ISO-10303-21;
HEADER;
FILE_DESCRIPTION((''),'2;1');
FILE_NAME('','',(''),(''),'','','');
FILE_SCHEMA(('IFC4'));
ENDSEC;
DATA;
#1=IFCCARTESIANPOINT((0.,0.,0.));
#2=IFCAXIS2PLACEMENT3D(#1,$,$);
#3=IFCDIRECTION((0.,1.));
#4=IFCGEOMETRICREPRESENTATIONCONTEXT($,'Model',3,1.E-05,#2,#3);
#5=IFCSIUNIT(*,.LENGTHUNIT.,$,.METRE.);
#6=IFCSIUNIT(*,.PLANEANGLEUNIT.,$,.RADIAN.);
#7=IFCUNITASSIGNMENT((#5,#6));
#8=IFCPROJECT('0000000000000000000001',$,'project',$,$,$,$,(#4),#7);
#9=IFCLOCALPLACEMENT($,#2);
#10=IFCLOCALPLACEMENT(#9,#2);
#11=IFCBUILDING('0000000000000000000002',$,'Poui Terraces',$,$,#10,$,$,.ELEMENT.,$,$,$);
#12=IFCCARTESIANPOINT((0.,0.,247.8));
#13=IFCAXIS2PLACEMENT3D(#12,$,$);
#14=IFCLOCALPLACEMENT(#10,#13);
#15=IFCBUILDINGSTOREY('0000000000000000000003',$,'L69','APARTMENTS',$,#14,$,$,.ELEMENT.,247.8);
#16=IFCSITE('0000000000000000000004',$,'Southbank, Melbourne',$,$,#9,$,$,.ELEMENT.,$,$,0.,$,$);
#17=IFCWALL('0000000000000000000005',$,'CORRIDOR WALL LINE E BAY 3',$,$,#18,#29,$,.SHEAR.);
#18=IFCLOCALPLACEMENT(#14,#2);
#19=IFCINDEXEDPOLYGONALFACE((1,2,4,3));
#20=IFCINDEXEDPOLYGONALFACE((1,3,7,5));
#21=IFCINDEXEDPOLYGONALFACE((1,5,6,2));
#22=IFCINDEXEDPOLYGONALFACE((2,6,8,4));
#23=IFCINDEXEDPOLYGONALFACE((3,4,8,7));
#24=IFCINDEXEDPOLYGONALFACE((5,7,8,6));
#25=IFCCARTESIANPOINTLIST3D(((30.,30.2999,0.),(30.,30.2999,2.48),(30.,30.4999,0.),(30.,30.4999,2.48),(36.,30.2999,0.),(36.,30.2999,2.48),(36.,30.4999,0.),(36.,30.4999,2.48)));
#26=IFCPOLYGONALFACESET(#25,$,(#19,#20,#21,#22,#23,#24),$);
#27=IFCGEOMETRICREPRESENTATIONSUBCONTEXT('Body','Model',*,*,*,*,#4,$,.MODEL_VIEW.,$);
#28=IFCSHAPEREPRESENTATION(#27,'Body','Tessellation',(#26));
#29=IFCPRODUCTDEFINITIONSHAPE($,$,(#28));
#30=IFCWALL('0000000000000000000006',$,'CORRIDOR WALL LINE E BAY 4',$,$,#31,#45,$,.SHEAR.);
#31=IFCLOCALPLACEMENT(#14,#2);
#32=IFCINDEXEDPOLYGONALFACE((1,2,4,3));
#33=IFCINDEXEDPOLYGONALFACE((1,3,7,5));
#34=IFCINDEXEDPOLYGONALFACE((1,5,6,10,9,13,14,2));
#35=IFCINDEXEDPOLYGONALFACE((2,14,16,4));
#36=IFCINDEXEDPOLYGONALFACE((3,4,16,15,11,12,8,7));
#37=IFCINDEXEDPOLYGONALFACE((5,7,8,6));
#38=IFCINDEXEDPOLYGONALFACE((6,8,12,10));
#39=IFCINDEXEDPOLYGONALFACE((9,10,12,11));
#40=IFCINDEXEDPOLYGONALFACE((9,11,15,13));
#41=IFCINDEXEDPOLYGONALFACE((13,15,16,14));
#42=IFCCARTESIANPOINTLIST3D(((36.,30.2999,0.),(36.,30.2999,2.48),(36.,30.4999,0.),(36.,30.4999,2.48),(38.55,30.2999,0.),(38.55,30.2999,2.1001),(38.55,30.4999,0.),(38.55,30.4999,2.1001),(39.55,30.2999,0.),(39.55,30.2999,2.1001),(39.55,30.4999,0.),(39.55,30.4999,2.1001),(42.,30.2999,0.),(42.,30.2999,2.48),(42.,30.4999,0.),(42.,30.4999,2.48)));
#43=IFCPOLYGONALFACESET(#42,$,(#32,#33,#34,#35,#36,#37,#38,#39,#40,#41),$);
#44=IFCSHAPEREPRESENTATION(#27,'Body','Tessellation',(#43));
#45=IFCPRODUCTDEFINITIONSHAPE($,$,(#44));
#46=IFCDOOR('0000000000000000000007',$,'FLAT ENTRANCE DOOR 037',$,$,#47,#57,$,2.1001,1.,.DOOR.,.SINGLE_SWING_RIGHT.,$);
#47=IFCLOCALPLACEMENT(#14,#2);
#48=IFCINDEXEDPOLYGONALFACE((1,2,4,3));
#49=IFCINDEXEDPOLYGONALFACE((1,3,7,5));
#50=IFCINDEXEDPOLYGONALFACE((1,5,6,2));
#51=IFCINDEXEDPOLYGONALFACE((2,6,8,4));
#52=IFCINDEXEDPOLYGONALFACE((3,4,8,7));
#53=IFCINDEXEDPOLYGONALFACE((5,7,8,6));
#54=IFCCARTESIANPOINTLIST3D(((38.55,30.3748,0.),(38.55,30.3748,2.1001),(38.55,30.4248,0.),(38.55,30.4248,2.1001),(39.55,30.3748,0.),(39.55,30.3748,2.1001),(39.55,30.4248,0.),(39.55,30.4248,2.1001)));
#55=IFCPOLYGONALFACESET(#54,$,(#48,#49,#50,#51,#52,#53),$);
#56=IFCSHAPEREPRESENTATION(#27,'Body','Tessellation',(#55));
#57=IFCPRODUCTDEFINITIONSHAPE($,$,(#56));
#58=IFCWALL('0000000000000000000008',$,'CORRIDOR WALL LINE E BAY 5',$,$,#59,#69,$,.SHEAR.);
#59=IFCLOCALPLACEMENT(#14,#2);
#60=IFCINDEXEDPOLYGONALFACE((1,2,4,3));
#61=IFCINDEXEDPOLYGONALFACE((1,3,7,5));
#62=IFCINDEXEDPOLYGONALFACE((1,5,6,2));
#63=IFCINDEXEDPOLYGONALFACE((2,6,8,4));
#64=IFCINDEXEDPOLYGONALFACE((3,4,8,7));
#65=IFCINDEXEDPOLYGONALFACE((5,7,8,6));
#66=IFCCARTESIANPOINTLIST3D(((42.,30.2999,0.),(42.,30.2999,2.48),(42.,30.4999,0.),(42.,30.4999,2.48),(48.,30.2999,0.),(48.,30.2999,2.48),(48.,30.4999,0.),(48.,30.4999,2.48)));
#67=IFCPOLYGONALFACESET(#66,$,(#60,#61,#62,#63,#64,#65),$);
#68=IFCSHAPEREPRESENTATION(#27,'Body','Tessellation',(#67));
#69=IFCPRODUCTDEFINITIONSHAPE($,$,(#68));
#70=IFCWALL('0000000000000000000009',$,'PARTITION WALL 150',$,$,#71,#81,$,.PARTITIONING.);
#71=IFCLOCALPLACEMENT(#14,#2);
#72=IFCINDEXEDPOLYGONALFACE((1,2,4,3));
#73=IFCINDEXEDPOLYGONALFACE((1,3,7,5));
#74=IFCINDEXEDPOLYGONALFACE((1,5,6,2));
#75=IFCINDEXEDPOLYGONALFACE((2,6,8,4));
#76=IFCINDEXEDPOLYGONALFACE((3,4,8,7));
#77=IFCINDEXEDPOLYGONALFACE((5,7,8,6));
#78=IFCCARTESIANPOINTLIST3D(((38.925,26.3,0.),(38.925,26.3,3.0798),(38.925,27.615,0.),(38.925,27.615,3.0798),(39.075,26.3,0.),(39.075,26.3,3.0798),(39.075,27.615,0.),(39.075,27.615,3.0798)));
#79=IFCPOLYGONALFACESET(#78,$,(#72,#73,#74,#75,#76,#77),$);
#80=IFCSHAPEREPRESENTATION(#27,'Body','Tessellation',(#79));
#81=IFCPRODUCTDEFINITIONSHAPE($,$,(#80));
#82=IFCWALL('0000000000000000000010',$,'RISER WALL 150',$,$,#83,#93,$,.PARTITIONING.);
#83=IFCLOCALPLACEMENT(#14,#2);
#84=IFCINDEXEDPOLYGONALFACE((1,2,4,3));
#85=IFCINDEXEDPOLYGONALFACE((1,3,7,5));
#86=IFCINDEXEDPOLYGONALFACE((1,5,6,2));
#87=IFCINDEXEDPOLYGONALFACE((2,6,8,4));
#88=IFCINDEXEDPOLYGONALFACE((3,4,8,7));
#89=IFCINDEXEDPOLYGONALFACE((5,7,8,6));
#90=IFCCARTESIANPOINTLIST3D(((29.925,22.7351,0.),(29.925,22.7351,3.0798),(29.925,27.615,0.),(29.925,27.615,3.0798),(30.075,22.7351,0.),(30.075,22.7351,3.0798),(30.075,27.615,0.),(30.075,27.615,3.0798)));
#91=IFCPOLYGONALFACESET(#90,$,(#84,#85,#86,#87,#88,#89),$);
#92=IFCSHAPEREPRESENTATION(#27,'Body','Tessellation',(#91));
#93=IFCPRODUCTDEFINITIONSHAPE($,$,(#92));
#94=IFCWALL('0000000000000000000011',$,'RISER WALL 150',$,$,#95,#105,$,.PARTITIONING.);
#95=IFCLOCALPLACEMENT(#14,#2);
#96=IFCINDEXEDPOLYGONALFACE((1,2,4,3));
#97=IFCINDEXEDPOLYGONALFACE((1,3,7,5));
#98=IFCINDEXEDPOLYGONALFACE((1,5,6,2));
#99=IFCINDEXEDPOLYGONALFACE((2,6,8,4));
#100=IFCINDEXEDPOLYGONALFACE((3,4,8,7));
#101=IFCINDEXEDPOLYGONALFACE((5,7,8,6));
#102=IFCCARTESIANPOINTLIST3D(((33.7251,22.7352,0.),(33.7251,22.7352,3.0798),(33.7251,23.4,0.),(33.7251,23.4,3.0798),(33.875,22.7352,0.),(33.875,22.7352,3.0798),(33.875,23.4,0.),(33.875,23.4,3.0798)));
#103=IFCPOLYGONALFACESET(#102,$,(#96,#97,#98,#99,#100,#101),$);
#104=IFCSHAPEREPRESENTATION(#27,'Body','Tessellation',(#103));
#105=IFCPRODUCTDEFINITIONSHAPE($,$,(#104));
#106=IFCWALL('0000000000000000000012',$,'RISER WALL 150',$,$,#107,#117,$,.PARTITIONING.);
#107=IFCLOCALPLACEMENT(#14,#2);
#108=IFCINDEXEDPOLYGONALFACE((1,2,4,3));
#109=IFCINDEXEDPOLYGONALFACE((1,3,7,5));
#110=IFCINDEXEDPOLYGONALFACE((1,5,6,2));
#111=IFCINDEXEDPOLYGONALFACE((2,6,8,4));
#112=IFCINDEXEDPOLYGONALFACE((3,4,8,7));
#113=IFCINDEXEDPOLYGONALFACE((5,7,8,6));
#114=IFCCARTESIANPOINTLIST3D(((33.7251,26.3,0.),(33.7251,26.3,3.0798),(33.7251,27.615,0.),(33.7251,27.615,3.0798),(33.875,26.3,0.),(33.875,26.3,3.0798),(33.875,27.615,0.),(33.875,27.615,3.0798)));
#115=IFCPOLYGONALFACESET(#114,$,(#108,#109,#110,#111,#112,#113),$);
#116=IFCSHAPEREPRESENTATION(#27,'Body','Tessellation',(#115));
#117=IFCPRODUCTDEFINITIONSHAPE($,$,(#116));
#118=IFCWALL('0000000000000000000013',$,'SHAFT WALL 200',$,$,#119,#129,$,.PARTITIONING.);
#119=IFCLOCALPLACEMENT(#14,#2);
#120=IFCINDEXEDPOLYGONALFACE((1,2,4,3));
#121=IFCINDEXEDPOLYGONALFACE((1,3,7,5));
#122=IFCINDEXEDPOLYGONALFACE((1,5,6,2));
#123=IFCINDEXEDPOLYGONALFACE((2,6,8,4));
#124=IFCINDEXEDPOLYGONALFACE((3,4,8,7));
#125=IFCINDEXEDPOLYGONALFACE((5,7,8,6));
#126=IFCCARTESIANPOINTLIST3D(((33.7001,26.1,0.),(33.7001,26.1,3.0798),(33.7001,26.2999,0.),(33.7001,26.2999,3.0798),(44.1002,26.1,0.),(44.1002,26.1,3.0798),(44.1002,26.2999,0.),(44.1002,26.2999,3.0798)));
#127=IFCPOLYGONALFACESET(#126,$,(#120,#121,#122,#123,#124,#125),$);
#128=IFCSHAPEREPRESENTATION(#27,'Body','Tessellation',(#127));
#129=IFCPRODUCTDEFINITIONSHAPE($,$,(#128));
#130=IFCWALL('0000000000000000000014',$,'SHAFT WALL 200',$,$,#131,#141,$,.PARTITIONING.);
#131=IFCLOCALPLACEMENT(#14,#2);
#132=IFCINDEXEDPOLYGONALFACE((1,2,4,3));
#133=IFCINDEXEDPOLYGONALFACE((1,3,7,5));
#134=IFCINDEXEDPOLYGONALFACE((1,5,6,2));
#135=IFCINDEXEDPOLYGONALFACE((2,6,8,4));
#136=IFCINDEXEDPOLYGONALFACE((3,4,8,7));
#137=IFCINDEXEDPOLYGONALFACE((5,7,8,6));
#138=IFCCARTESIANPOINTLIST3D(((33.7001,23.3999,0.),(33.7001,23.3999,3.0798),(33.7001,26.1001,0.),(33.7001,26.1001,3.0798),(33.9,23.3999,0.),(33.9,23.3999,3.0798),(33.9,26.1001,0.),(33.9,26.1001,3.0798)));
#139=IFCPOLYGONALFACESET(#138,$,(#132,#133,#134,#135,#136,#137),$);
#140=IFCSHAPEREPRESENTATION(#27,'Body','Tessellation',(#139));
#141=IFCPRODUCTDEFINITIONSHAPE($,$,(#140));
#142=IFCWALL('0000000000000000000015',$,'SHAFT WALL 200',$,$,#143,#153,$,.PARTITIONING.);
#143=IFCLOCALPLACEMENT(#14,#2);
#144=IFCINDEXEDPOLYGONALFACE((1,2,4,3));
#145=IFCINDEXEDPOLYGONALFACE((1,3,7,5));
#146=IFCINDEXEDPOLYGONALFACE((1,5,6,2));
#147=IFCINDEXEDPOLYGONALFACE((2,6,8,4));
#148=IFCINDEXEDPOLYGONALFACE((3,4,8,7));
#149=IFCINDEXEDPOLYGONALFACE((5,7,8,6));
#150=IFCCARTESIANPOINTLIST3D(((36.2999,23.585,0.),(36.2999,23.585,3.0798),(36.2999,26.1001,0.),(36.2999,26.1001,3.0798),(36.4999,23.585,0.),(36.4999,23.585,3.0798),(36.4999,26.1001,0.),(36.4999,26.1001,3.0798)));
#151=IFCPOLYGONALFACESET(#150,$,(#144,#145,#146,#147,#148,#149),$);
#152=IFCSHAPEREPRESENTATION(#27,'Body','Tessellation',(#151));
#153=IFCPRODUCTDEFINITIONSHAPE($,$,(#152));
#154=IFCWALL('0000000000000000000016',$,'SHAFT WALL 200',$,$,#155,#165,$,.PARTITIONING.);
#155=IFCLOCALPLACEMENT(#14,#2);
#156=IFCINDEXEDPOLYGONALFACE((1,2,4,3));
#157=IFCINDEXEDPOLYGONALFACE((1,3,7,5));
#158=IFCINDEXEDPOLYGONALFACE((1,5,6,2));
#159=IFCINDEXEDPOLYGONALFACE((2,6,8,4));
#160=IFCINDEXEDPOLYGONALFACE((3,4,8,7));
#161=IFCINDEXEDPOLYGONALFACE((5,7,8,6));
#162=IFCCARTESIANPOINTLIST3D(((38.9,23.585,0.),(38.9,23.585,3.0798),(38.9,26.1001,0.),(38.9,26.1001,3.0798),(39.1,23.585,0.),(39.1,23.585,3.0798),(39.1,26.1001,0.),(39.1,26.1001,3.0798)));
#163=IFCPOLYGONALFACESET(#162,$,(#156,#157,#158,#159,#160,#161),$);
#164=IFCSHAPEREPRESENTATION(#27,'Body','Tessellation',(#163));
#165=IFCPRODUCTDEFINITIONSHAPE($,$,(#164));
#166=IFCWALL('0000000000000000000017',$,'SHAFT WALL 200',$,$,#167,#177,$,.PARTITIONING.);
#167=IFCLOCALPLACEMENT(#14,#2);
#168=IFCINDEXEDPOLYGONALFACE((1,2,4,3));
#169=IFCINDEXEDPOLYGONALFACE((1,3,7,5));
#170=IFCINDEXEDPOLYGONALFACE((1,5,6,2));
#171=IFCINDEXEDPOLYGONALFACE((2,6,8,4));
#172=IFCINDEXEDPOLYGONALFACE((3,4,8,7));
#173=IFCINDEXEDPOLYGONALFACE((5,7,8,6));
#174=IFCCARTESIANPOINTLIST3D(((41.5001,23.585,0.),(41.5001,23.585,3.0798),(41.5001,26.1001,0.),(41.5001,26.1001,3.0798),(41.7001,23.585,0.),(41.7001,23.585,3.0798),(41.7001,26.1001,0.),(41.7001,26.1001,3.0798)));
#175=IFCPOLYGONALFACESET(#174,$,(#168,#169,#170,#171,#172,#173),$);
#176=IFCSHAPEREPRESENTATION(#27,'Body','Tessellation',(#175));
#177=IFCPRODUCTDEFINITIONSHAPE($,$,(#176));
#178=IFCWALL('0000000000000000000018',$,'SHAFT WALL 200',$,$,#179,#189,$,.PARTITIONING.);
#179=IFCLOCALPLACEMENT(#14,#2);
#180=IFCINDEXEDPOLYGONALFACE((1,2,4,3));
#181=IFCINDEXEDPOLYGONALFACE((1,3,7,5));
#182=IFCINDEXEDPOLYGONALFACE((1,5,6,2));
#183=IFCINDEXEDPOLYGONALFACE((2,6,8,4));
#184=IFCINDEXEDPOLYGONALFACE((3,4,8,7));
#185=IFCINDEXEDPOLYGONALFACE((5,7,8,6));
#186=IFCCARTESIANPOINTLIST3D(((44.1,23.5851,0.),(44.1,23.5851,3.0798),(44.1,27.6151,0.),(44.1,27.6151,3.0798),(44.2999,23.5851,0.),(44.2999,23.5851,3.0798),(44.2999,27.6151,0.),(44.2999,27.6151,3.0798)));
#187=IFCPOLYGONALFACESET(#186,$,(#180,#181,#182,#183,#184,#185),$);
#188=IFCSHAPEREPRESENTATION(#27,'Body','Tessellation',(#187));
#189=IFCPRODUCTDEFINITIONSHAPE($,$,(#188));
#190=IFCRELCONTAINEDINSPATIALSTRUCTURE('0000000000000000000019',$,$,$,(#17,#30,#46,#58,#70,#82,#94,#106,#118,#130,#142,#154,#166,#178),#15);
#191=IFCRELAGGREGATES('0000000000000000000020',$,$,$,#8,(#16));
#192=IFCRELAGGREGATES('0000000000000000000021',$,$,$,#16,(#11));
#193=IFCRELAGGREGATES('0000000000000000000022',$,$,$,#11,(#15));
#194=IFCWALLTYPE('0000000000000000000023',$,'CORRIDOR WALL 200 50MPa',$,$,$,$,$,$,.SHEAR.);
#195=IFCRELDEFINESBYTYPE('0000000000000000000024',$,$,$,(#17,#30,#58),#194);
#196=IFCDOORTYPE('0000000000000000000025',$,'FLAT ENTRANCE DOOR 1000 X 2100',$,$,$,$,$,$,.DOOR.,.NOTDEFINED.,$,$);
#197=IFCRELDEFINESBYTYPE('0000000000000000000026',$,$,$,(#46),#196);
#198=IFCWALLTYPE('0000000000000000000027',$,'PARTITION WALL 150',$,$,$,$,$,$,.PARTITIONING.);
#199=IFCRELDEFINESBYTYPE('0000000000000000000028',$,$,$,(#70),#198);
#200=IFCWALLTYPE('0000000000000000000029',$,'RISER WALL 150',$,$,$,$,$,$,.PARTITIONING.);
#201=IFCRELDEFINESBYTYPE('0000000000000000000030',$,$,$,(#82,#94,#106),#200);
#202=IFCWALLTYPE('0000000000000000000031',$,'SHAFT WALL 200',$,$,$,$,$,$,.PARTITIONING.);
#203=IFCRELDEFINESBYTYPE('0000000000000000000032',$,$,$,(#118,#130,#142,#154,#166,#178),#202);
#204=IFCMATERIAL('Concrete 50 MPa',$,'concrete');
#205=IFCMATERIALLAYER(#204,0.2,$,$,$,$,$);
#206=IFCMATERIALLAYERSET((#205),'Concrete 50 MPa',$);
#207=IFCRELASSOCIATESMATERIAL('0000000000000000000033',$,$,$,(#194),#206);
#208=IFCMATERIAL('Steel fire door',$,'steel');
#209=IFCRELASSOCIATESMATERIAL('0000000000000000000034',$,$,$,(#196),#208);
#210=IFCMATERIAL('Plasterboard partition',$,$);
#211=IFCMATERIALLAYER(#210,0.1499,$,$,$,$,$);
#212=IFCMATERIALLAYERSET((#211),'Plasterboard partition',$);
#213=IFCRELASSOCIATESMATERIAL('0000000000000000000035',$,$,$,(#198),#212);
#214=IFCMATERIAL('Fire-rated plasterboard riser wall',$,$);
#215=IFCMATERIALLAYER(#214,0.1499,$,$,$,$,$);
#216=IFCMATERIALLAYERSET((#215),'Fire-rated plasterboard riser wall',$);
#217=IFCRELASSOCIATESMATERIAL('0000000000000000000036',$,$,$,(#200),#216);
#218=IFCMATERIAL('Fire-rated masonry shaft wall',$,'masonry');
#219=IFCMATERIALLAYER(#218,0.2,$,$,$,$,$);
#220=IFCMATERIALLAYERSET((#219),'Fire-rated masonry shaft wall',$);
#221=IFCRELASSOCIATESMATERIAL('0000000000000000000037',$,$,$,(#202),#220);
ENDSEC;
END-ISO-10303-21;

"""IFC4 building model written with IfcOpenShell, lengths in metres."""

from ifc_helpers import new_model, si_unit, direction, frame, frame_2d, origin, place, context, subcontext, project, spatial, rectangle, extrude, material, layer, layer_set, type_object, element, fill, save


model = new_model("IFC4")

# Units and contexts
model_context = context("Model", 3, precision=1e-05, world=origin(), true_north=direction((0.0, 1.0)))
body_context = subcontext(model_context, "Body", "Model", "MODEL_VIEW")
ifc_project = project(units=[si_unit("LENGTHUNIT", "METRE"), si_unit("PLANEANGLEUNIT", "RADIAN")], contexts=[model_context])

# Site, building, storey
site_placement = place(None, origin())
site = spatial("IfcSite", under=ifc_project, at=site_placement, Name="Southbank, Melbourne", CompositionType="ELEMENT", RefElevation=0.0)
building_placement = place(site_placement, origin())
building = spatial("IfcBuilding", under=site, at=building_placement, Name="Poui Terraces", CompositionType="ELEMENT")
storey_placement = place(building_placement, frame((0.0, 0.0, 247.8)))
storey = spatial("IfcBuildingStorey", under=building, at=storey_placement, Name="L69", Description="APARTMENTS", CompositionType="ELEMENT", Elevation=247.8)

# Shared definitions
ifc_material_1 = material(Name="Concrete 50 MPa", Category="concrete")

# Shared definitions
ifc_material_2 = material(Name="Steel fire door", Category="steel")

# Wall
ifc_layer_1 = layer(ifc_material_1, 0.2)
ifc_layer_set_1 = layer_set([ifc_layer_1], Name="Concrete 50 MPa")
wall_type_1 = type_object("IfcWallType", Name="CORRIDOR WALL 200 50MPa", PredefinedType="SHEAR", material=ifc_layer_set_1)
wall_1_placement = place(storey_placement, frame((30.0, 30.3999, 0.0), z_axis=(0.0, 0.0, 1.0), x_axis=(1.0, 0.0, 0.0)))
element("IfcWall", 1, at=wall_1_placement, inside=storey, type_object=wall_type_1, Name="CORRIDOR WALL LINE E BAY 3", PredefinedType="SHEAR", context=body_context, shape_type="SweptSolid", body=[
    extrude(rectangle(XDim=6.0, YDim=0.2, at=frame_2d((3.0, 0.0))), origin(), (0.0, 0.0, 1.0), 2.48),
])

# Wall, opening, door
wall_2_placement = place(storey_placement, frame((36.0, 30.3999, 0.0), z_axis=(0.0, 0.0, 1.0), x_axis=(1.0, 0.0, 0.0)))
wall_2 = element("IfcWall", 2, at=wall_2_placement, inside=storey, type_object=wall_type_1, Name="CORRIDOR WALL LINE E BAY 4", PredefinedType="SHEAR", context=body_context, shape_type="SweptSolid", body=[
    extrude(rectangle(XDim=6.0, YDim=0.2, at=frame_2d((3.0, 0.0))), origin(), (0.0, 0.0, 1.0), 2.48),
])
opening_1_placement = place(wall_2_placement, frame((2.55, 0.0, 0.0)))
opening_1 = element("IfcOpeningElement", 3, at=opening_1_placement, cuts=wall_2, PredefinedType="OPENING", context=body_context, shape_type="SweptSolid", body=[
    extrude(rectangle(XDim=1.0, YDim=2.1001, at=frame_2d((0.5, 1.05))), frame((0.0, 0.1099, 0.0), z_axis=(0.0, -1.0, 0.0), x_axis=(1.0, 0.0, 0.0)), (0.0, 0.0, 1.0), 0.22),
])
door_type_1 = type_object("IfcDoorType", Name="FLAT ENTRANCE DOOR 1000 X 2100", OperationType="NOTDEFINED", PredefinedType="DOOR", material=ifc_material_2)
door_1_placement = place(opening_1_placement, origin())
door_1 = element("IfcDoor", 4, at=door_1_placement, inside=storey, type_object=door_type_1, Name="FLAT ENTRANCE DOOR 037", OperationType="SINGLE_SWING_RIGHT", OverallHeight=2.1001, OverallWidth=1.0, PredefinedType="DOOR", context=body_context, shape_type="SweptSolid", body=[
    extrude(rectangle(XDim=1.0, YDim=2.1001, at=frame_2d((0.5, 1.05))), frame((0.0, 0.0249, 0.0), z_axis=(0.0, -1.0, 0.0), x_axis=(1.0, 0.0, 0.0)), (0.0, 0.0, 1.0), 0.05),
])
fill(opening_1, door_1)

# Walls
wall_3_placement = place(storey_placement, frame((42.0, 30.3999, 0.0), z_axis=(0.0, 0.0, 1.0), x_axis=(1.0, 0.0, 0.0)))
element("IfcWall", 5, at=wall_3_placement, inside=storey, type_object=wall_type_1, Name="CORRIDOR WALL LINE E BAY 5", PredefinedType="SHEAR", context=body_context, shape_type="SweptSolid", body=[
    extrude(rectangle(XDim=6.0, YDim=0.2, at=frame_2d((3.0, 0.0))), origin(), (0.0, 0.0, 1.0), 2.48),
])
ifc_material_3 = material(Name="Plasterboard partition")
ifc_layer_2 = layer(ifc_material_3, 0.1499)
ifc_layer_set_2 = layer_set([ifc_layer_2], Name="Plasterboard partition")
wall_type_2 = type_object("IfcWallType", Name="PARTITION WALL 150", PredefinedType="PARTITIONING", material=ifc_layer_set_2)
wall_4_placement = place(storey_placement, frame((39.0, 26.3, 0.0), z_axis=(0.0, 0.0, 1.0), x_axis=(0.0, 1.0, 0.0)))
element("IfcWall", 6, at=wall_4_placement, inside=storey, type_object=wall_type_2, Name="PARTITION WALL 150", PredefinedType="PARTITIONING", context=body_context, shape_type="SweptSolid", body=[
    extrude(rectangle(XDim=1.3149, YDim=0.1499, at=frame_2d((0.6575, 0.0))), origin(), (0.0, 0.0, 1.0), 3.0798),
])
ifc_material_4 = material(Name="Fire-rated plasterboard riser wall")
ifc_layer_3 = layer(ifc_material_4, 0.1499)
ifc_layer_set_3 = layer_set([ifc_layer_3], Name="Fire-rated plasterboard riser wall")
wall_type_3 = type_object("IfcWallType", Name="RISER WALL 150", PredefinedType="PARTITIONING", material=ifc_layer_set_3)
wall_5_placement = place(storey_placement, frame((30.0, 22.7351, 0.0), z_axis=(0.0, 0.0, 1.0), x_axis=(0.0, 1.0, 0.0)))
element("IfcWall", 7, at=wall_5_placement, inside=storey, type_object=wall_type_3, Name="RISER WALL 150", PredefinedType="PARTITIONING", context=body_context, shape_type="SweptSolid", body=[
    extrude(rectangle(XDim=4.8799, YDim=0.1499, at=frame_2d((2.4399, 0.0))), origin(), (0.0, 0.0, 1.0), 3.0798),
])
wall_6_placement = place(storey_placement, frame((33.8, 22.7351, 0.0), z_axis=(0.0, 0.0, 1.0), x_axis=(0.0, 1.0, 0.0)))
element("IfcWall", 8, at=wall_6_placement, inside=storey, type_object=wall_type_3, Name="RISER WALL 150", PredefinedType="PARTITIONING", context=body_context, shape_type="SweptSolid", body=[
    extrude(rectangle(XDim=0.6648, YDim=0.1499, at=frame_2d((0.3325, 0.0))), origin(), (0.0, 0.0, 1.0), 3.0798),
])
wall_7_placement = place(storey_placement, frame((33.8, 26.3, 0.0), z_axis=(0.0, 0.0, 1.0), x_axis=(0.0, 1.0, 0.0)))
element("IfcWall", 9, at=wall_7_placement, inside=storey, type_object=wall_type_3, Name="RISER WALL 150", PredefinedType="PARTITIONING", context=body_context, shape_type="SweptSolid", body=[
    extrude(rectangle(XDim=1.3149, YDim=0.1499, at=frame_2d((0.6575, 0.0))), origin(), (0.0, 0.0, 1.0), 3.0798),
])
ifc_material_5 = material(Name="Fire-rated masonry shaft wall", Category="masonry")
ifc_layer_4 = layer(ifc_material_5, 0.2)
ifc_layer_set_4 = layer_set([ifc_layer_4], Name="Fire-rated masonry shaft wall")
wall_type_4 = type_object("IfcWallType", Name="SHAFT WALL 200", PredefinedType="PARTITIONING", material=ifc_layer_set_4)
wall_8_placement = place(storey_placement, frame((33.7, 26.2, 0.0), z_axis=(0.0, 0.0, 1.0), x_axis=(1.0, 0.0, 0.0)))
element("IfcWall", 10, at=wall_8_placement, inside=storey, type_object=wall_type_4, Name="SHAFT WALL 200", PredefinedType="PARTITIONING", context=body_context, shape_type="SweptSolid", body=[
    extrude(rectangle(XDim=10.4001, YDim=0.2, at=frame_2d((5.2002, 0.0))), origin(), (0.0, 0.0, 1.0), 3.0798),
])
wall_9_placement = place(storey_placement, frame((33.8, 23.3999, 0.0), z_axis=(0.0, 0.0, 1.0), x_axis=(0.0, 1.0, 0.0)))
element("IfcWall", 11, at=wall_9_placement, inside=storey, type_object=wall_type_4, Name="SHAFT WALL 200", PredefinedType="PARTITIONING", context=body_context, shape_type="SweptSolid", body=[
    extrude(rectangle(XDim=2.7002, YDim=0.2, at=frame_2d((1.3501, 0.0))), origin(), (0.0, 0.0, 1.0), 3.0798),
])
for number, where, z_axis, x_axis, name in (
    (12, (36.3999, 23.585, 0.0), (0.0, 0.0, 1.0), (0.0, 1.0, 0.0), "SHAFT WALL 200"),
    (13, (39.0, 23.585, 0.0), (0.0, 0.0, 1.0), (0.0, 1.0, 0.0), "SHAFT WALL 200"),
    (14, (41.6001, 23.585, 0.0), (0.0, 0.0, 1.0), (0.0, 1.0, 0.0), "SHAFT WALL 200"),
):
    element("IfcWall", number, at=place(storey_placement, frame(where, z_axis=z_axis, x_axis=x_axis)), inside=storey, type_object=wall_type_4, Name=name, PredefinedType="PARTITIONING", context=body_context, shape_type="SweptSolid", body=[
        extrude(rectangle(XDim=2.5151, YDim=0.2, at=frame_2d((1.2576, 0.0))), origin(), (0.0, 0.0, 1.0), 3.0798),
    ])
for number, where, z_axis, x_axis, name in (
    (15, (44.2, 23.585, 0.0), (0.0, 0.0, 1.0), (0.0, 1.0, 0.0), "SHAFT WALL 200"),
):
    element("IfcWall", number, at=place(storey_placement, frame(where, z_axis=z_axis, x_axis=x_axis)), inside=storey, type_object=wall_type_4, Name=name, PredefinedType="PARTITIONING", context=body_context, shape_type="SweptSolid", body=[
        extrude(rectangle(XDim=4.03, YDim=0.2, at=frame_2d((2.0151, 0.0))), origin(), (0.0, 0.0, 1.0), 3.0798),
    ])

save(model, "model.ifc")
